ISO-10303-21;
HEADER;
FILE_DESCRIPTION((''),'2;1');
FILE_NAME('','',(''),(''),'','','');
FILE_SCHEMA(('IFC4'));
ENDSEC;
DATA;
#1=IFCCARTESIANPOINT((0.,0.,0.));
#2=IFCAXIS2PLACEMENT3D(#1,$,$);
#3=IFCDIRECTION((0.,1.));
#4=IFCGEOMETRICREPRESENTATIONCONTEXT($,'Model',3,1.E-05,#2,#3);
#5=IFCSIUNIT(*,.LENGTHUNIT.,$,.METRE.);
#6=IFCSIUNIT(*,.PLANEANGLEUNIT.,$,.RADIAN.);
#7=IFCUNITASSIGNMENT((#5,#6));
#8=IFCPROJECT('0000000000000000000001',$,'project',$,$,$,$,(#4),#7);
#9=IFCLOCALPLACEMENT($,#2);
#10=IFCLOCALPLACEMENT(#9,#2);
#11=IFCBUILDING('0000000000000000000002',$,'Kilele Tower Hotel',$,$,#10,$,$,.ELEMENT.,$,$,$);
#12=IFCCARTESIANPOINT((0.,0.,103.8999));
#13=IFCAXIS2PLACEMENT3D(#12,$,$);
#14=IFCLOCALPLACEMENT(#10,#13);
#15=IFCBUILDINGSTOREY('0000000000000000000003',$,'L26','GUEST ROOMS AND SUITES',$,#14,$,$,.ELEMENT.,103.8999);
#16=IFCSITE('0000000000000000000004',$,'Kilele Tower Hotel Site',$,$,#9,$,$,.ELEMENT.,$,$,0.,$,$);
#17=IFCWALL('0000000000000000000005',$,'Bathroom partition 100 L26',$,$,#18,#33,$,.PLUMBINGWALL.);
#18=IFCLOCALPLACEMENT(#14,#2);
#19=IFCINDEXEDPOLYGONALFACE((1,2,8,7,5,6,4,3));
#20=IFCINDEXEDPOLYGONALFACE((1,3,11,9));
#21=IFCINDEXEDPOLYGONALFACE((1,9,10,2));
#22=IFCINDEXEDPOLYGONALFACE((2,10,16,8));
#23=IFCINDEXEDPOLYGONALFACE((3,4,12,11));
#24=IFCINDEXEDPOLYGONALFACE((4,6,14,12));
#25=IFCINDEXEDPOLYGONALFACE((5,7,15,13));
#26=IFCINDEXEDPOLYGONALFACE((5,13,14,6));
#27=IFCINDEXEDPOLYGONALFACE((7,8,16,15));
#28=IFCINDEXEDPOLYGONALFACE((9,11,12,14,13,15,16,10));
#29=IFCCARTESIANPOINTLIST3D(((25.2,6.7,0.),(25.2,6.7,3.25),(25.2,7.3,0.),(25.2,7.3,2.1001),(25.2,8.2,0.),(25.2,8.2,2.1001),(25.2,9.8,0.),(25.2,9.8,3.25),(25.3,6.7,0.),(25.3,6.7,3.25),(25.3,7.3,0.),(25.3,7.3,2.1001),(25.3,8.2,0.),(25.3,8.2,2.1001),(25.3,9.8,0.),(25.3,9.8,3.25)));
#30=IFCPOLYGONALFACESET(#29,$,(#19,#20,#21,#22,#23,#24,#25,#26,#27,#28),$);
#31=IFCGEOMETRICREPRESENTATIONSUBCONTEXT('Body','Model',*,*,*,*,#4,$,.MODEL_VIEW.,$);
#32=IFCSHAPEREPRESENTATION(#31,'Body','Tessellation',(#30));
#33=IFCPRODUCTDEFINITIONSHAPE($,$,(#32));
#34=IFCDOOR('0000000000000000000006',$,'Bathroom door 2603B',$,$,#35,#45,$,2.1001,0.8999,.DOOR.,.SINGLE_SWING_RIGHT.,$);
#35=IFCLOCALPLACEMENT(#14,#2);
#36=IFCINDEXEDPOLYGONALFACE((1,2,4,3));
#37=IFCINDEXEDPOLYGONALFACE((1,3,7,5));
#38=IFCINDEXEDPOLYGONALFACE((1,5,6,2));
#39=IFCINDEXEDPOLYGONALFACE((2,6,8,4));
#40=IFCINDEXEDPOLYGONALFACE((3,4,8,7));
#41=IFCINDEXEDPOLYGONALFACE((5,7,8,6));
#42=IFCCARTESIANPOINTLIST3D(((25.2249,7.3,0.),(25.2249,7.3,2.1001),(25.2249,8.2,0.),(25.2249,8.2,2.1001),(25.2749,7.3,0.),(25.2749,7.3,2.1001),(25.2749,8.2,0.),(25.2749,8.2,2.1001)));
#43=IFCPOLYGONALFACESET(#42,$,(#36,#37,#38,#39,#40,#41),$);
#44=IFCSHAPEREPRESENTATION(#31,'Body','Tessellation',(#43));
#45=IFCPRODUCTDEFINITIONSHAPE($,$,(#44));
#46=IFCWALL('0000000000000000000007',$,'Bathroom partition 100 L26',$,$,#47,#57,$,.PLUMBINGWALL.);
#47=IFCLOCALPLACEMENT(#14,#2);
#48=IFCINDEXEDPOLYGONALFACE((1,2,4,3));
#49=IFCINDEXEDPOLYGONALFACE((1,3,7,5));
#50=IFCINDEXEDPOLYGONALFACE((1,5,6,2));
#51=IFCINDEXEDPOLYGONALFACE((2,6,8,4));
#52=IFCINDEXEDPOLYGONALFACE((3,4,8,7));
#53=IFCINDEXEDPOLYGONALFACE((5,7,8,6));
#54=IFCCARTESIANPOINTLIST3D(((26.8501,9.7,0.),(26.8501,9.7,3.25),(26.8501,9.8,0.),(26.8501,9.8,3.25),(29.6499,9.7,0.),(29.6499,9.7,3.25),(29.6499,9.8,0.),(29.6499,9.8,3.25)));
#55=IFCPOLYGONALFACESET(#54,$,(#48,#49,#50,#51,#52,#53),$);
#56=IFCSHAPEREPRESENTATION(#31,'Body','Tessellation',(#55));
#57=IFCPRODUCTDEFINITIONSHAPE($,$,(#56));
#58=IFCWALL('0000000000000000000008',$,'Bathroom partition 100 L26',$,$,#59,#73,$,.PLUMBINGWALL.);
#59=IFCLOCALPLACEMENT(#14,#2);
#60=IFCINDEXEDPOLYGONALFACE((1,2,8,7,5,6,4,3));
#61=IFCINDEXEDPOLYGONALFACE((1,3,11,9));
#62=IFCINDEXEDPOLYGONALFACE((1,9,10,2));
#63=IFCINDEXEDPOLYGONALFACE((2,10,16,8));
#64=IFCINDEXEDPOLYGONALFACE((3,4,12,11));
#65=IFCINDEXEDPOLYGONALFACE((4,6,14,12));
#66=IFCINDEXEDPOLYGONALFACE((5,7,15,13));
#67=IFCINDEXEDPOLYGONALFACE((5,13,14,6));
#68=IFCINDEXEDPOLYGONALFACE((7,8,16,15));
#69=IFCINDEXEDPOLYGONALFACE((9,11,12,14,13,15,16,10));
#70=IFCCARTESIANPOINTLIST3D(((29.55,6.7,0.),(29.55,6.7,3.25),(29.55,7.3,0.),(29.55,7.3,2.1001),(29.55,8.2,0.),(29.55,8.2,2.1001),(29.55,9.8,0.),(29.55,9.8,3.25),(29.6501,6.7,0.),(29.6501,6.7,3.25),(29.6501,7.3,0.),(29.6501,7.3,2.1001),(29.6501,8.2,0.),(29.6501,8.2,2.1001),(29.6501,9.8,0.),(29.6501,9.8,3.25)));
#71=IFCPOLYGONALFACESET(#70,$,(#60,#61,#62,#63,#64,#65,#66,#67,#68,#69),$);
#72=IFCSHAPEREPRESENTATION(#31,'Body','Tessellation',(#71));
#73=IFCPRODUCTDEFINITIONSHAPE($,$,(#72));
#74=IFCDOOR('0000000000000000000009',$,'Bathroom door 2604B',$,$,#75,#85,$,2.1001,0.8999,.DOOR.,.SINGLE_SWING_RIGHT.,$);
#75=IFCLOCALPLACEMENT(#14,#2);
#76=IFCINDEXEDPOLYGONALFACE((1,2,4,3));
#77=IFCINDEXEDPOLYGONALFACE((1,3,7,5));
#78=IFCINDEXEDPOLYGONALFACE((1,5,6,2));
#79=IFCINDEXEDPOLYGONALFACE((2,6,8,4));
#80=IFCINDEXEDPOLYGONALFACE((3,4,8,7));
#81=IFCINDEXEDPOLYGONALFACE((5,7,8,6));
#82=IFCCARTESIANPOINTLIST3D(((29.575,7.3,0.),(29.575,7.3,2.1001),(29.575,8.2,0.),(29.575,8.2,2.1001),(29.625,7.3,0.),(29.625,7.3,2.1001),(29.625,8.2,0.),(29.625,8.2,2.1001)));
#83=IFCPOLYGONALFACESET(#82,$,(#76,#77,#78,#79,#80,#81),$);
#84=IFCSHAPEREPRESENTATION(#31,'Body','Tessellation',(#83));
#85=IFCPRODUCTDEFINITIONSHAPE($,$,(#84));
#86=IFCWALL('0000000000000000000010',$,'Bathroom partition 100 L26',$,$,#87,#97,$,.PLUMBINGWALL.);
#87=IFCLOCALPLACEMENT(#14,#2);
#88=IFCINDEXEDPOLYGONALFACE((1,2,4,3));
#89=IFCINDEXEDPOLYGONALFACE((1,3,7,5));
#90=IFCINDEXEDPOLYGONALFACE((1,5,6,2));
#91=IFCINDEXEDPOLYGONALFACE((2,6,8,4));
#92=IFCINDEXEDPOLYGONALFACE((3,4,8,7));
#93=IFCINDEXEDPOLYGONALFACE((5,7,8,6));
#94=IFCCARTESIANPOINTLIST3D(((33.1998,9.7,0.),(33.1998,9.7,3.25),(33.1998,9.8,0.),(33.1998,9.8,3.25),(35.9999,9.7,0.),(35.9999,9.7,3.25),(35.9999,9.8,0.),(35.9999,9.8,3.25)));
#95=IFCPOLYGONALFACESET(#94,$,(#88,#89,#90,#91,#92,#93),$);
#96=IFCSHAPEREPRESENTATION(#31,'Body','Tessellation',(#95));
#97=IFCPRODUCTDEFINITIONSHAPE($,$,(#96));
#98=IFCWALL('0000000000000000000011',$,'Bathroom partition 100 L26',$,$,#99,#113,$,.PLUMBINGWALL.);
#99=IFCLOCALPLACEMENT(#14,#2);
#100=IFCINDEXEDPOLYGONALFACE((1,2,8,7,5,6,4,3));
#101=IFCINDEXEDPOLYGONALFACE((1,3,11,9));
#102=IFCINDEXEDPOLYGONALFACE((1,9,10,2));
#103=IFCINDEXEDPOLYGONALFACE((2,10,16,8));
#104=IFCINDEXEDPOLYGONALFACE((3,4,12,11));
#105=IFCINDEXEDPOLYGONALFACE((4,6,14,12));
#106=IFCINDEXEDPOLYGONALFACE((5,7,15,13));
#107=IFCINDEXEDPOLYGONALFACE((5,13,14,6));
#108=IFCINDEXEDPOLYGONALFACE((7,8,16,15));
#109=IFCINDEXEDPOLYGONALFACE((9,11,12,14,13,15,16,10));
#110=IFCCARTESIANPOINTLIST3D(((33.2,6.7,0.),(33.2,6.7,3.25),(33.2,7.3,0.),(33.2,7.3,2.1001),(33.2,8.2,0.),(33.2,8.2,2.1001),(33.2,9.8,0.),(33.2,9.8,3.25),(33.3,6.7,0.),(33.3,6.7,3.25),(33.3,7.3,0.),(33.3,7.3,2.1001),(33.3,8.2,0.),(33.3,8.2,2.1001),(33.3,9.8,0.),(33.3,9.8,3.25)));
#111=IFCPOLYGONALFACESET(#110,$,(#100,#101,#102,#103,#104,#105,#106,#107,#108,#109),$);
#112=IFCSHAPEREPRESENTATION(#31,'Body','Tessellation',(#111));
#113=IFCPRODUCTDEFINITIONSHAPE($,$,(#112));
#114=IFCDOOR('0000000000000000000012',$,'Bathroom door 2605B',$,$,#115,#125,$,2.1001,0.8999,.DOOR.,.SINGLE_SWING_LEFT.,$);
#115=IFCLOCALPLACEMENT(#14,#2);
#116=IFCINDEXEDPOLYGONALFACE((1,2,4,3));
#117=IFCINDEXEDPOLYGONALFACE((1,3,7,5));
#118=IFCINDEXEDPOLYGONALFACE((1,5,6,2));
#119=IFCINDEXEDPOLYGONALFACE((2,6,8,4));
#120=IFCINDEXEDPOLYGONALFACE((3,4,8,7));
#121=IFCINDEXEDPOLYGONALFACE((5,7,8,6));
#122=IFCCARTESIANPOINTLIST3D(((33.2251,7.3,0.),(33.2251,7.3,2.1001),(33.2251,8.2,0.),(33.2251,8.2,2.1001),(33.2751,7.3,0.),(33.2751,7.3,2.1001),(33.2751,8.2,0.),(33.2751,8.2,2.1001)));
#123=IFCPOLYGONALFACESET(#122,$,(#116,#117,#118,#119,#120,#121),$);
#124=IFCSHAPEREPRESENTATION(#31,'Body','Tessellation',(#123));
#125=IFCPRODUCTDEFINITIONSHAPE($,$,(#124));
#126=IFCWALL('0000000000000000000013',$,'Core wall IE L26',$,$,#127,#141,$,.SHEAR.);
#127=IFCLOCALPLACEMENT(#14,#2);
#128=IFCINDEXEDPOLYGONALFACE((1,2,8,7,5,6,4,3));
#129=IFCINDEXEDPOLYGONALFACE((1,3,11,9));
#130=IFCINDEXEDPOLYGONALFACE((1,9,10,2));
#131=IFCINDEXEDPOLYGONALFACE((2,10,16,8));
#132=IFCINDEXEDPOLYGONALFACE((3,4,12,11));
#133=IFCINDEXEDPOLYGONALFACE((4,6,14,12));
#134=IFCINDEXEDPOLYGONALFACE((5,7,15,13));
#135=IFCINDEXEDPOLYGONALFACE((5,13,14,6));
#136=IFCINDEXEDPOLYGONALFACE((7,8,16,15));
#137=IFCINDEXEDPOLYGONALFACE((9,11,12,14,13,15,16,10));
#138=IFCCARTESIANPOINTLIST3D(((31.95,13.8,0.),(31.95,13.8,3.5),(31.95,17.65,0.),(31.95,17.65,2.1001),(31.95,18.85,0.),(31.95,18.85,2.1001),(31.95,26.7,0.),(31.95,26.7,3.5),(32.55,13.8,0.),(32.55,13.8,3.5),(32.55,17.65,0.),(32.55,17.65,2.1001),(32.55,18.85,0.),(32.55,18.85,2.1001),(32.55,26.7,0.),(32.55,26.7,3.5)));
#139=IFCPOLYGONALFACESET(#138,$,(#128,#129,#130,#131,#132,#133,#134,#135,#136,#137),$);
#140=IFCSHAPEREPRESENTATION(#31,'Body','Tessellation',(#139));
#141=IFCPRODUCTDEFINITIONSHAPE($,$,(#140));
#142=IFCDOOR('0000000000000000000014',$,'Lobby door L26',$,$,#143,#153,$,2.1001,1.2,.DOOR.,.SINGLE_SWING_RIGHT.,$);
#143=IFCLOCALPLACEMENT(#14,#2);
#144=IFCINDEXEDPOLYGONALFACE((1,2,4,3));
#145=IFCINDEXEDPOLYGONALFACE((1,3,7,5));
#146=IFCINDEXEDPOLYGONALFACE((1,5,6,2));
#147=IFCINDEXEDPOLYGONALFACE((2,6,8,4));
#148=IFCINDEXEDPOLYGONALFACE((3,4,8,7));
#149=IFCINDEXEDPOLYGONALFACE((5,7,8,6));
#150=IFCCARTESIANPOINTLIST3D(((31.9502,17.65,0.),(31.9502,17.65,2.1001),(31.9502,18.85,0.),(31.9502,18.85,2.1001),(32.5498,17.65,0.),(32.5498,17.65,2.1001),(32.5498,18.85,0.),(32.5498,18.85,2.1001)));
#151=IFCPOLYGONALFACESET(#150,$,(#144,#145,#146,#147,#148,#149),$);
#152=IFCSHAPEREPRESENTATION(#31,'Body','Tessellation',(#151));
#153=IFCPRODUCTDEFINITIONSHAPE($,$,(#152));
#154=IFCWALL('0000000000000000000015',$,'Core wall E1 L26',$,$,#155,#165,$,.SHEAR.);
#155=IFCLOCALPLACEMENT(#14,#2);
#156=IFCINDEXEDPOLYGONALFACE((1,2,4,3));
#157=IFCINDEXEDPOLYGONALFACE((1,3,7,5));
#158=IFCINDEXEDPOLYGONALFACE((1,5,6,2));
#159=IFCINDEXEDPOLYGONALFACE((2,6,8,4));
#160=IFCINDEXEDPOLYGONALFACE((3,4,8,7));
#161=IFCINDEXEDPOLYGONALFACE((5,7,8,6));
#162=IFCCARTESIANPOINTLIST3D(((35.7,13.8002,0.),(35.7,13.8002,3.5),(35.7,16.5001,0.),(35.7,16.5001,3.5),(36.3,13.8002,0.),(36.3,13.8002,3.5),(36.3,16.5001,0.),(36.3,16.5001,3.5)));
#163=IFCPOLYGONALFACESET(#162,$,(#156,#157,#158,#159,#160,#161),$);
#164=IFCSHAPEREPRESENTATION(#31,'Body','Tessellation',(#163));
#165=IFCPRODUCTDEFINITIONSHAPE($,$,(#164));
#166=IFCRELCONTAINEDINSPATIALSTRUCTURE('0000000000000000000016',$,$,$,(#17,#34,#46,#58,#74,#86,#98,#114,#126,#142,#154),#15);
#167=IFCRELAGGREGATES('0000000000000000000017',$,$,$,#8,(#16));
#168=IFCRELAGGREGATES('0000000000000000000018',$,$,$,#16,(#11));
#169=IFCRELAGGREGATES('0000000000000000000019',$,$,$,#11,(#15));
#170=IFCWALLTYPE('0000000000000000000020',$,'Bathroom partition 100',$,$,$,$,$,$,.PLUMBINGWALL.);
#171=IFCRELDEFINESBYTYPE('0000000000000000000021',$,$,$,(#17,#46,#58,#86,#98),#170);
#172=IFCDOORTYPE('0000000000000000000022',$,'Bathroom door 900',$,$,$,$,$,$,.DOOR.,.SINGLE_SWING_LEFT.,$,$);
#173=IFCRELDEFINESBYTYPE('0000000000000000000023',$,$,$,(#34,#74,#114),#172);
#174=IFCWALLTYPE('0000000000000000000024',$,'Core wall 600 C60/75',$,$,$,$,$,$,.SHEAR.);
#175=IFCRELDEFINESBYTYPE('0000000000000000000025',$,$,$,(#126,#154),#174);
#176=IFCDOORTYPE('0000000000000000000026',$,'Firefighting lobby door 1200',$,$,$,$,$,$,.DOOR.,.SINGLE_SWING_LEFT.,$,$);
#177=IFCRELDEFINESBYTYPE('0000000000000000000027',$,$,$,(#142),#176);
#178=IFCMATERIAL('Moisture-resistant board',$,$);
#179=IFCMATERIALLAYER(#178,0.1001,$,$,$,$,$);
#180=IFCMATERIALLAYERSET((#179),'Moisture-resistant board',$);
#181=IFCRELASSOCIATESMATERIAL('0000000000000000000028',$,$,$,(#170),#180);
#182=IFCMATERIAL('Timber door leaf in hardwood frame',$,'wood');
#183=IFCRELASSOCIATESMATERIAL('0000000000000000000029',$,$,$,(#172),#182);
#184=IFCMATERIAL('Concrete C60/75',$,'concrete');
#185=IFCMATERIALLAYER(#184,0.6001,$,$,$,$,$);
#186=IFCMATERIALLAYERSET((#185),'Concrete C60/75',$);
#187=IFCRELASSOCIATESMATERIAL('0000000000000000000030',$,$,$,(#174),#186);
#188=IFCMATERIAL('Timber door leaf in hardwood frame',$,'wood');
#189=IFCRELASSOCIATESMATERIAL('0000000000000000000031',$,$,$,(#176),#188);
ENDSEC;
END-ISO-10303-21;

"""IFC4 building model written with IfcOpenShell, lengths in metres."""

from ifc_helpers import new_model, si_unit, direction, frame, frame_2d, origin, place, context, subcontext, project, spatial, rectangle, extrude, material, layer, layer_set, type_object, element, fill, save


model = new_model("IFC4")

# Units and contexts
model_context = context("Model", 3, precision=1e-05, world=origin(), true_north=direction((0.0, 1.0)))
body_context = subcontext(model_context, "Body", "Model", "MODEL_VIEW")
ifc_project = project(units=[si_unit("LENGTHUNIT", "METRE"), si_unit("PLANEANGLEUNIT", "RADIAN")], contexts=[model_context])

# Site, building, storey
site_placement = place(None, origin())
site = spatial("IfcSite", under=ifc_project, at=site_placement, Name="Kilele Tower Hotel Site", CompositionType="ELEMENT", RefElevation=0.0)
building_placement = place(site_placement, origin())
building = spatial("IfcBuilding", under=site, at=building_placement, Name="Kilele Tower Hotel", CompositionType="ELEMENT")
storey_placement = place(building_placement, frame((0.0, 0.0, 103.8999)))
storey = spatial("IfcBuildingStorey", under=building, at=storey_placement, Name="L26", Description="GUEST ROOMS AND SUITES", CompositionType="ELEMENT", Elevation=103.8999)

# Wall, opening, door
ifc_material_1 = material(Name="Moisture-resistant board")
ifc_layer_1 = layer(ifc_material_1, 0.1001)
ifc_layer_set_1 = layer_set([ifc_layer_1], Name="Moisture-resistant board")
wall_type_1 = type_object("IfcWallType", Name="Bathroom partition 100", PredefinedType="PLUMBINGWALL", material=ifc_layer_set_1)
wall_1_placement = place(storey_placement, frame((25.25, 9.8, 0.0), z_axis=(0.0, 0.0, 1.0), x_axis=(0.0, -1.0, 0.0)))
wall_1 = element("IfcWall", 1, at=wall_1_placement, inside=storey, type_object=wall_type_1, Name="Bathroom partition 100 L26", PredefinedType="PLUMBINGWALL", context=body_context, shape_type="SweptSolid", body=[
    extrude(rectangle(XDim=3.1001, YDim=0.1001, at=frame_2d((1.55, 0.0))), origin(), (0.0, 0.0, 1.0), 3.25),
])
opening_1_placement = place(wall_1_placement, frame((1.6001, 0.0, 0.0)))
opening_1 = element("IfcOpeningElement", 2, at=opening_1_placement, cuts=wall_1, PredefinedType="OPENING", context=body_context, shape_type="SweptSolid", body=[
    extrude(rectangle(XDim=0.8999, YDim=2.1001, at=frame_2d((0.45, 1.05))), frame((0.0, 0.0601, 0.0), z_axis=(0.0, -1.0, 0.0), x_axis=(1.0, 0.0, 0.0)), (0.0, 0.0, 1.0), 0.1201),
])
ifc_material_2 = material(Name="Timber door leaf in hardwood frame", Category="wood")
door_type_1 = type_object("IfcDoorType", Name="Bathroom door 900", OperationType="SINGLE_SWING_LEFT", PredefinedType="DOOR", material=ifc_material_2)
door_1_placement = place(opening_1_placement, origin())
door_1 = element("IfcDoor", 3, at=door_1_placement, inside=storey, type_object=door_type_1, Name="Bathroom door 2603B", OperationType="SINGLE_SWING_RIGHT", OverallHeight=2.1001, OverallWidth=0.8999, PredefinedType="DOOR", context=body_context, shape_type="SweptSolid", body=[
    extrude(rectangle(XDim=0.8999, YDim=2.1001, at=frame_2d((0.45, 1.05))), frame((0.0, 0.0249, 0.0), z_axis=(0.0, -1.0, 0.0), x_axis=(1.0, 0.0, 0.0)), (0.0, 0.0, 1.0), 0.05),
])
fill(opening_1, door_1)

# Wall
wall_2_placement = place(storey_placement, frame((26.8501, 9.75, 0.0), z_axis=(0.0, 0.0, 1.0), x_axis=(1.0, 0.0, 0.0)))
element("IfcWall", 4, at=wall_2_placement, inside=storey, type_object=wall_type_1, Name="Bathroom partition 100 L26", PredefinedType="PLUMBINGWALL", context=body_context, shape_type="SweptSolid", body=[
    extrude(rectangle(XDim=2.7998, YDim=0.1001, at=frame_2d((1.3999, 0.0))), origin(), (0.0, 0.0, 1.0), 3.25),
])

# Wall, opening, door
wall_3_placement = place(storey_placement, frame((29.6001, 9.8, 0.0), z_axis=(0.0, 0.0, 1.0), x_axis=(0.0, -1.0, 0.0)))
wall_3 = element("IfcWall", 5, at=wall_3_placement, inside=storey, type_object=wall_type_1, Name="Bathroom partition 100 L26", PredefinedType="PLUMBINGWALL", context=body_context, shape_type="SweptSolid", body=[
    extrude(rectangle(XDim=3.1001, YDim=0.1001, at=frame_2d((1.55, 0.0))), origin(), (0.0, 0.0, 1.0), 3.25),
])
opening_2_placement = place(wall_3_placement, frame((1.6001, 0.0, 0.0)))
opening_2 = element("IfcOpeningElement", 6, at=opening_2_placement, cuts=wall_3, PredefinedType="OPENING", context=body_context, shape_type="SweptSolid", body=[
    extrude(rectangle(XDim=0.8999, YDim=2.1001, at=frame_2d((0.45, 1.05))), frame((0.0, 0.0601, 0.0), z_axis=(0.0, -1.0, 0.0), x_axis=(1.0, 0.0, 0.0)), (0.0, 0.0, 1.0), 0.1201),
])
door_2_placement = place(opening_2_placement, origin())
door_2 = element("IfcDoor", 7, at=door_2_placement, inside=storey, type_object=door_type_1, Name="Bathroom door 2604B", OperationType="SINGLE_SWING_RIGHT", OverallHeight=2.1001, OverallWidth=0.8999, PredefinedType="DOOR", context=body_context, shape_type="SweptSolid", body=[
    extrude(rectangle(XDim=0.8999, YDim=2.1001, at=frame_2d((0.45, 1.05))), frame((0.0, 0.0249, 0.0), z_axis=(0.0, -1.0, 0.0), x_axis=(1.0, 0.0, 0.0)), (0.0, 0.0, 1.0), 0.05),
])
fill(opening_2, door_2)

# Wall
wall_4_placement = place(storey_placement, frame((33.2, 9.75, 0.0), z_axis=(0.0, 0.0, 1.0), x_axis=(1.0, 0.0, 0.0)))
element("IfcWall", 8, at=wall_4_placement, inside=storey, type_object=wall_type_1, Name="Bathroom partition 100 L26", PredefinedType="PLUMBINGWALL", context=body_context, shape_type="SweptSolid", body=[
    extrude(rectangle(XDim=2.8, YDim=0.1001, at=frame_2d((1.3999, 0.0))), origin(), (0.0, 0.0, 1.0), 3.25),
])

# Walls, openings, doors
wall_5_placement = place(storey_placement, frame((33.25, 9.8, 0.0), z_axis=(0.0, 0.0, 1.0), x_axis=(0.0, -1.0, 0.0)))
wall_5 = element("IfcWall", 9, at=wall_5_placement, inside=storey, type_object=wall_type_1, Name="Bathroom partition 100 L26", PredefinedType="PLUMBINGWALL", context=body_context, shape_type="SweptSolid", body=[
    extrude(rectangle(XDim=3.1001, YDim=0.1001, at=frame_2d((1.55, 0.0))), origin(), (0.0, 0.0, 1.0), 3.25),
])
opening_3_placement = place(wall_5_placement, frame((2.5, 0.0, 0.0), z_axis=(0.0, 0.0, 1.0), x_axis=(-1.0, 0.0, 0.0)))
opening_3 = element("IfcOpeningElement", 10, at=opening_3_placement, cuts=wall_5, PredefinedType="OPENING", context=body_context, shape_type="SweptSolid", body=[
    extrude(rectangle(XDim=0.8999, YDim=2.1001, at=frame_2d((0.45, 1.05))), frame((0.0, 0.0601, 0.0), z_axis=(0.0, -1.0, 0.0), x_axis=(1.0, 0.0, 0.0)), (0.0, 0.0, 1.0), 0.1201),
])
door_3_placement = place(opening_3_placement, origin())
door_3 = element("IfcDoor", 11, at=door_3_placement, inside=storey, type_object=door_type_1, Name="Bathroom door 2605B", OperationType="SINGLE_SWING_LEFT", OverallHeight=2.1001, OverallWidth=0.8999, PredefinedType="DOOR", context=body_context, shape_type="SweptSolid", body=[
    extrude(rectangle(XDim=0.8999, YDim=2.1001, at=frame_2d((0.45, 1.05))), frame((0.0, 0.0249, 0.0), z_axis=(0.0, -1.0, 0.0), x_axis=(1.0, 0.0, 0.0)), (0.0, 0.0, 1.0), 0.05),
])
fill(opening_3, door_3)
ifc_material_3 = material(Name="Concrete C60/75", Category="concrete")
ifc_layer_2 = layer(ifc_material_3, 0.6001)
ifc_layer_set_2 = layer_set([ifc_layer_2], Name="Concrete C60/75")
wall_type_2 = type_object("IfcWallType", Name="Core wall 600 C60/75", PredefinedType="SHEAR", material=ifc_layer_set_2)
wall_6_placement = place(storey_placement, frame((32.25, 13.8, 0.0), z_axis=(0.0, 0.0, 1.0), x_axis=(0.0, 1.0, 0.0)))
wall_6 = element("IfcWall", 12, at=wall_6_placement, inside=storey, type_object=wall_type_2, Name="Core wall IE L26", PredefinedType="SHEAR", context=body_context, shape_type="SweptSolid", body=[
    extrude(rectangle(XDim=12.8999, YDim=0.6001, at=frame_2d((6.45, 0.0))), origin(), (0.0, 0.0, 1.0), 3.5),
])
opening_4_placement = place(wall_6_placement, frame((5.05, 0.0, 0.0), z_axis=(0.0, 0.0, 1.0), x_axis=(-1.0, 0.0, 0.0)))
opening_4 = element("IfcOpeningElement", 13, at=opening_4_placement, cuts=wall_6, PredefinedType="OPENING", context=body_context, shape_type="SweptSolid", body=[
    extrude(rectangle(XDim=1.2, YDim=2.1001, at=frame_2d((0.6001, 1.05))), frame((0.0, 0.3101, 0.0), z_axis=(0.0, -1.0, 0.0), x_axis=(1.0, 0.0, 0.0)), (0.0, 0.0, 1.0), 0.6201),
])
ifc_material_4 = material(Name="Timber door leaf in hardwood frame", Category="wood")
door_type_2 = type_object("IfcDoorType", Name="Firefighting lobby door 1200", OperationType="SINGLE_SWING_LEFT", PredefinedType="DOOR", material=ifc_material_4)
door_4_placement = place(opening_4_placement, origin())
door_4 = element("IfcDoor", 14, at=door_4_placement, inside=storey, type_object=door_type_2, Name="Lobby door L26", OperationType="SINGLE_SWING_RIGHT", OverallHeight=2.1001, OverallWidth=1.2, PredefinedType="DOOR", context=body_context, shape_type="SweptSolid", body=[
    extrude(rectangle(XDim=1.2, YDim=2.1001, at=frame_2d((0.6001, 1.05))), frame((0.0, 0.2998, 0.0), z_axis=(0.0, -1.0, 0.0), x_axis=(1.0, 0.0, 0.0)), (0.0, 0.0, 1.0), 0.5996),
])
fill(opening_4, door_4)

# Wall
wall_7_placement = place(storey_placement, frame((36.0, 13.8, 0.0), z_axis=(0.0, 0.0, 1.0), x_axis=(0.0, 1.0, 0.0)))
element("IfcWall", 15, at=wall_7_placement, inside=storey, type_object=wall_type_2, Name="Core wall E1 L26", PredefinedType="SHEAR", context=body_context, shape_type="SweptSolid", body=[
    extrude(rectangle(XDim=2.7, YDim=0.6001, at=frame_2d((1.3501, 0.0))), origin(), (0.0, 0.0, 1.0), 3.5),
])

save(model, "model.ifc")
